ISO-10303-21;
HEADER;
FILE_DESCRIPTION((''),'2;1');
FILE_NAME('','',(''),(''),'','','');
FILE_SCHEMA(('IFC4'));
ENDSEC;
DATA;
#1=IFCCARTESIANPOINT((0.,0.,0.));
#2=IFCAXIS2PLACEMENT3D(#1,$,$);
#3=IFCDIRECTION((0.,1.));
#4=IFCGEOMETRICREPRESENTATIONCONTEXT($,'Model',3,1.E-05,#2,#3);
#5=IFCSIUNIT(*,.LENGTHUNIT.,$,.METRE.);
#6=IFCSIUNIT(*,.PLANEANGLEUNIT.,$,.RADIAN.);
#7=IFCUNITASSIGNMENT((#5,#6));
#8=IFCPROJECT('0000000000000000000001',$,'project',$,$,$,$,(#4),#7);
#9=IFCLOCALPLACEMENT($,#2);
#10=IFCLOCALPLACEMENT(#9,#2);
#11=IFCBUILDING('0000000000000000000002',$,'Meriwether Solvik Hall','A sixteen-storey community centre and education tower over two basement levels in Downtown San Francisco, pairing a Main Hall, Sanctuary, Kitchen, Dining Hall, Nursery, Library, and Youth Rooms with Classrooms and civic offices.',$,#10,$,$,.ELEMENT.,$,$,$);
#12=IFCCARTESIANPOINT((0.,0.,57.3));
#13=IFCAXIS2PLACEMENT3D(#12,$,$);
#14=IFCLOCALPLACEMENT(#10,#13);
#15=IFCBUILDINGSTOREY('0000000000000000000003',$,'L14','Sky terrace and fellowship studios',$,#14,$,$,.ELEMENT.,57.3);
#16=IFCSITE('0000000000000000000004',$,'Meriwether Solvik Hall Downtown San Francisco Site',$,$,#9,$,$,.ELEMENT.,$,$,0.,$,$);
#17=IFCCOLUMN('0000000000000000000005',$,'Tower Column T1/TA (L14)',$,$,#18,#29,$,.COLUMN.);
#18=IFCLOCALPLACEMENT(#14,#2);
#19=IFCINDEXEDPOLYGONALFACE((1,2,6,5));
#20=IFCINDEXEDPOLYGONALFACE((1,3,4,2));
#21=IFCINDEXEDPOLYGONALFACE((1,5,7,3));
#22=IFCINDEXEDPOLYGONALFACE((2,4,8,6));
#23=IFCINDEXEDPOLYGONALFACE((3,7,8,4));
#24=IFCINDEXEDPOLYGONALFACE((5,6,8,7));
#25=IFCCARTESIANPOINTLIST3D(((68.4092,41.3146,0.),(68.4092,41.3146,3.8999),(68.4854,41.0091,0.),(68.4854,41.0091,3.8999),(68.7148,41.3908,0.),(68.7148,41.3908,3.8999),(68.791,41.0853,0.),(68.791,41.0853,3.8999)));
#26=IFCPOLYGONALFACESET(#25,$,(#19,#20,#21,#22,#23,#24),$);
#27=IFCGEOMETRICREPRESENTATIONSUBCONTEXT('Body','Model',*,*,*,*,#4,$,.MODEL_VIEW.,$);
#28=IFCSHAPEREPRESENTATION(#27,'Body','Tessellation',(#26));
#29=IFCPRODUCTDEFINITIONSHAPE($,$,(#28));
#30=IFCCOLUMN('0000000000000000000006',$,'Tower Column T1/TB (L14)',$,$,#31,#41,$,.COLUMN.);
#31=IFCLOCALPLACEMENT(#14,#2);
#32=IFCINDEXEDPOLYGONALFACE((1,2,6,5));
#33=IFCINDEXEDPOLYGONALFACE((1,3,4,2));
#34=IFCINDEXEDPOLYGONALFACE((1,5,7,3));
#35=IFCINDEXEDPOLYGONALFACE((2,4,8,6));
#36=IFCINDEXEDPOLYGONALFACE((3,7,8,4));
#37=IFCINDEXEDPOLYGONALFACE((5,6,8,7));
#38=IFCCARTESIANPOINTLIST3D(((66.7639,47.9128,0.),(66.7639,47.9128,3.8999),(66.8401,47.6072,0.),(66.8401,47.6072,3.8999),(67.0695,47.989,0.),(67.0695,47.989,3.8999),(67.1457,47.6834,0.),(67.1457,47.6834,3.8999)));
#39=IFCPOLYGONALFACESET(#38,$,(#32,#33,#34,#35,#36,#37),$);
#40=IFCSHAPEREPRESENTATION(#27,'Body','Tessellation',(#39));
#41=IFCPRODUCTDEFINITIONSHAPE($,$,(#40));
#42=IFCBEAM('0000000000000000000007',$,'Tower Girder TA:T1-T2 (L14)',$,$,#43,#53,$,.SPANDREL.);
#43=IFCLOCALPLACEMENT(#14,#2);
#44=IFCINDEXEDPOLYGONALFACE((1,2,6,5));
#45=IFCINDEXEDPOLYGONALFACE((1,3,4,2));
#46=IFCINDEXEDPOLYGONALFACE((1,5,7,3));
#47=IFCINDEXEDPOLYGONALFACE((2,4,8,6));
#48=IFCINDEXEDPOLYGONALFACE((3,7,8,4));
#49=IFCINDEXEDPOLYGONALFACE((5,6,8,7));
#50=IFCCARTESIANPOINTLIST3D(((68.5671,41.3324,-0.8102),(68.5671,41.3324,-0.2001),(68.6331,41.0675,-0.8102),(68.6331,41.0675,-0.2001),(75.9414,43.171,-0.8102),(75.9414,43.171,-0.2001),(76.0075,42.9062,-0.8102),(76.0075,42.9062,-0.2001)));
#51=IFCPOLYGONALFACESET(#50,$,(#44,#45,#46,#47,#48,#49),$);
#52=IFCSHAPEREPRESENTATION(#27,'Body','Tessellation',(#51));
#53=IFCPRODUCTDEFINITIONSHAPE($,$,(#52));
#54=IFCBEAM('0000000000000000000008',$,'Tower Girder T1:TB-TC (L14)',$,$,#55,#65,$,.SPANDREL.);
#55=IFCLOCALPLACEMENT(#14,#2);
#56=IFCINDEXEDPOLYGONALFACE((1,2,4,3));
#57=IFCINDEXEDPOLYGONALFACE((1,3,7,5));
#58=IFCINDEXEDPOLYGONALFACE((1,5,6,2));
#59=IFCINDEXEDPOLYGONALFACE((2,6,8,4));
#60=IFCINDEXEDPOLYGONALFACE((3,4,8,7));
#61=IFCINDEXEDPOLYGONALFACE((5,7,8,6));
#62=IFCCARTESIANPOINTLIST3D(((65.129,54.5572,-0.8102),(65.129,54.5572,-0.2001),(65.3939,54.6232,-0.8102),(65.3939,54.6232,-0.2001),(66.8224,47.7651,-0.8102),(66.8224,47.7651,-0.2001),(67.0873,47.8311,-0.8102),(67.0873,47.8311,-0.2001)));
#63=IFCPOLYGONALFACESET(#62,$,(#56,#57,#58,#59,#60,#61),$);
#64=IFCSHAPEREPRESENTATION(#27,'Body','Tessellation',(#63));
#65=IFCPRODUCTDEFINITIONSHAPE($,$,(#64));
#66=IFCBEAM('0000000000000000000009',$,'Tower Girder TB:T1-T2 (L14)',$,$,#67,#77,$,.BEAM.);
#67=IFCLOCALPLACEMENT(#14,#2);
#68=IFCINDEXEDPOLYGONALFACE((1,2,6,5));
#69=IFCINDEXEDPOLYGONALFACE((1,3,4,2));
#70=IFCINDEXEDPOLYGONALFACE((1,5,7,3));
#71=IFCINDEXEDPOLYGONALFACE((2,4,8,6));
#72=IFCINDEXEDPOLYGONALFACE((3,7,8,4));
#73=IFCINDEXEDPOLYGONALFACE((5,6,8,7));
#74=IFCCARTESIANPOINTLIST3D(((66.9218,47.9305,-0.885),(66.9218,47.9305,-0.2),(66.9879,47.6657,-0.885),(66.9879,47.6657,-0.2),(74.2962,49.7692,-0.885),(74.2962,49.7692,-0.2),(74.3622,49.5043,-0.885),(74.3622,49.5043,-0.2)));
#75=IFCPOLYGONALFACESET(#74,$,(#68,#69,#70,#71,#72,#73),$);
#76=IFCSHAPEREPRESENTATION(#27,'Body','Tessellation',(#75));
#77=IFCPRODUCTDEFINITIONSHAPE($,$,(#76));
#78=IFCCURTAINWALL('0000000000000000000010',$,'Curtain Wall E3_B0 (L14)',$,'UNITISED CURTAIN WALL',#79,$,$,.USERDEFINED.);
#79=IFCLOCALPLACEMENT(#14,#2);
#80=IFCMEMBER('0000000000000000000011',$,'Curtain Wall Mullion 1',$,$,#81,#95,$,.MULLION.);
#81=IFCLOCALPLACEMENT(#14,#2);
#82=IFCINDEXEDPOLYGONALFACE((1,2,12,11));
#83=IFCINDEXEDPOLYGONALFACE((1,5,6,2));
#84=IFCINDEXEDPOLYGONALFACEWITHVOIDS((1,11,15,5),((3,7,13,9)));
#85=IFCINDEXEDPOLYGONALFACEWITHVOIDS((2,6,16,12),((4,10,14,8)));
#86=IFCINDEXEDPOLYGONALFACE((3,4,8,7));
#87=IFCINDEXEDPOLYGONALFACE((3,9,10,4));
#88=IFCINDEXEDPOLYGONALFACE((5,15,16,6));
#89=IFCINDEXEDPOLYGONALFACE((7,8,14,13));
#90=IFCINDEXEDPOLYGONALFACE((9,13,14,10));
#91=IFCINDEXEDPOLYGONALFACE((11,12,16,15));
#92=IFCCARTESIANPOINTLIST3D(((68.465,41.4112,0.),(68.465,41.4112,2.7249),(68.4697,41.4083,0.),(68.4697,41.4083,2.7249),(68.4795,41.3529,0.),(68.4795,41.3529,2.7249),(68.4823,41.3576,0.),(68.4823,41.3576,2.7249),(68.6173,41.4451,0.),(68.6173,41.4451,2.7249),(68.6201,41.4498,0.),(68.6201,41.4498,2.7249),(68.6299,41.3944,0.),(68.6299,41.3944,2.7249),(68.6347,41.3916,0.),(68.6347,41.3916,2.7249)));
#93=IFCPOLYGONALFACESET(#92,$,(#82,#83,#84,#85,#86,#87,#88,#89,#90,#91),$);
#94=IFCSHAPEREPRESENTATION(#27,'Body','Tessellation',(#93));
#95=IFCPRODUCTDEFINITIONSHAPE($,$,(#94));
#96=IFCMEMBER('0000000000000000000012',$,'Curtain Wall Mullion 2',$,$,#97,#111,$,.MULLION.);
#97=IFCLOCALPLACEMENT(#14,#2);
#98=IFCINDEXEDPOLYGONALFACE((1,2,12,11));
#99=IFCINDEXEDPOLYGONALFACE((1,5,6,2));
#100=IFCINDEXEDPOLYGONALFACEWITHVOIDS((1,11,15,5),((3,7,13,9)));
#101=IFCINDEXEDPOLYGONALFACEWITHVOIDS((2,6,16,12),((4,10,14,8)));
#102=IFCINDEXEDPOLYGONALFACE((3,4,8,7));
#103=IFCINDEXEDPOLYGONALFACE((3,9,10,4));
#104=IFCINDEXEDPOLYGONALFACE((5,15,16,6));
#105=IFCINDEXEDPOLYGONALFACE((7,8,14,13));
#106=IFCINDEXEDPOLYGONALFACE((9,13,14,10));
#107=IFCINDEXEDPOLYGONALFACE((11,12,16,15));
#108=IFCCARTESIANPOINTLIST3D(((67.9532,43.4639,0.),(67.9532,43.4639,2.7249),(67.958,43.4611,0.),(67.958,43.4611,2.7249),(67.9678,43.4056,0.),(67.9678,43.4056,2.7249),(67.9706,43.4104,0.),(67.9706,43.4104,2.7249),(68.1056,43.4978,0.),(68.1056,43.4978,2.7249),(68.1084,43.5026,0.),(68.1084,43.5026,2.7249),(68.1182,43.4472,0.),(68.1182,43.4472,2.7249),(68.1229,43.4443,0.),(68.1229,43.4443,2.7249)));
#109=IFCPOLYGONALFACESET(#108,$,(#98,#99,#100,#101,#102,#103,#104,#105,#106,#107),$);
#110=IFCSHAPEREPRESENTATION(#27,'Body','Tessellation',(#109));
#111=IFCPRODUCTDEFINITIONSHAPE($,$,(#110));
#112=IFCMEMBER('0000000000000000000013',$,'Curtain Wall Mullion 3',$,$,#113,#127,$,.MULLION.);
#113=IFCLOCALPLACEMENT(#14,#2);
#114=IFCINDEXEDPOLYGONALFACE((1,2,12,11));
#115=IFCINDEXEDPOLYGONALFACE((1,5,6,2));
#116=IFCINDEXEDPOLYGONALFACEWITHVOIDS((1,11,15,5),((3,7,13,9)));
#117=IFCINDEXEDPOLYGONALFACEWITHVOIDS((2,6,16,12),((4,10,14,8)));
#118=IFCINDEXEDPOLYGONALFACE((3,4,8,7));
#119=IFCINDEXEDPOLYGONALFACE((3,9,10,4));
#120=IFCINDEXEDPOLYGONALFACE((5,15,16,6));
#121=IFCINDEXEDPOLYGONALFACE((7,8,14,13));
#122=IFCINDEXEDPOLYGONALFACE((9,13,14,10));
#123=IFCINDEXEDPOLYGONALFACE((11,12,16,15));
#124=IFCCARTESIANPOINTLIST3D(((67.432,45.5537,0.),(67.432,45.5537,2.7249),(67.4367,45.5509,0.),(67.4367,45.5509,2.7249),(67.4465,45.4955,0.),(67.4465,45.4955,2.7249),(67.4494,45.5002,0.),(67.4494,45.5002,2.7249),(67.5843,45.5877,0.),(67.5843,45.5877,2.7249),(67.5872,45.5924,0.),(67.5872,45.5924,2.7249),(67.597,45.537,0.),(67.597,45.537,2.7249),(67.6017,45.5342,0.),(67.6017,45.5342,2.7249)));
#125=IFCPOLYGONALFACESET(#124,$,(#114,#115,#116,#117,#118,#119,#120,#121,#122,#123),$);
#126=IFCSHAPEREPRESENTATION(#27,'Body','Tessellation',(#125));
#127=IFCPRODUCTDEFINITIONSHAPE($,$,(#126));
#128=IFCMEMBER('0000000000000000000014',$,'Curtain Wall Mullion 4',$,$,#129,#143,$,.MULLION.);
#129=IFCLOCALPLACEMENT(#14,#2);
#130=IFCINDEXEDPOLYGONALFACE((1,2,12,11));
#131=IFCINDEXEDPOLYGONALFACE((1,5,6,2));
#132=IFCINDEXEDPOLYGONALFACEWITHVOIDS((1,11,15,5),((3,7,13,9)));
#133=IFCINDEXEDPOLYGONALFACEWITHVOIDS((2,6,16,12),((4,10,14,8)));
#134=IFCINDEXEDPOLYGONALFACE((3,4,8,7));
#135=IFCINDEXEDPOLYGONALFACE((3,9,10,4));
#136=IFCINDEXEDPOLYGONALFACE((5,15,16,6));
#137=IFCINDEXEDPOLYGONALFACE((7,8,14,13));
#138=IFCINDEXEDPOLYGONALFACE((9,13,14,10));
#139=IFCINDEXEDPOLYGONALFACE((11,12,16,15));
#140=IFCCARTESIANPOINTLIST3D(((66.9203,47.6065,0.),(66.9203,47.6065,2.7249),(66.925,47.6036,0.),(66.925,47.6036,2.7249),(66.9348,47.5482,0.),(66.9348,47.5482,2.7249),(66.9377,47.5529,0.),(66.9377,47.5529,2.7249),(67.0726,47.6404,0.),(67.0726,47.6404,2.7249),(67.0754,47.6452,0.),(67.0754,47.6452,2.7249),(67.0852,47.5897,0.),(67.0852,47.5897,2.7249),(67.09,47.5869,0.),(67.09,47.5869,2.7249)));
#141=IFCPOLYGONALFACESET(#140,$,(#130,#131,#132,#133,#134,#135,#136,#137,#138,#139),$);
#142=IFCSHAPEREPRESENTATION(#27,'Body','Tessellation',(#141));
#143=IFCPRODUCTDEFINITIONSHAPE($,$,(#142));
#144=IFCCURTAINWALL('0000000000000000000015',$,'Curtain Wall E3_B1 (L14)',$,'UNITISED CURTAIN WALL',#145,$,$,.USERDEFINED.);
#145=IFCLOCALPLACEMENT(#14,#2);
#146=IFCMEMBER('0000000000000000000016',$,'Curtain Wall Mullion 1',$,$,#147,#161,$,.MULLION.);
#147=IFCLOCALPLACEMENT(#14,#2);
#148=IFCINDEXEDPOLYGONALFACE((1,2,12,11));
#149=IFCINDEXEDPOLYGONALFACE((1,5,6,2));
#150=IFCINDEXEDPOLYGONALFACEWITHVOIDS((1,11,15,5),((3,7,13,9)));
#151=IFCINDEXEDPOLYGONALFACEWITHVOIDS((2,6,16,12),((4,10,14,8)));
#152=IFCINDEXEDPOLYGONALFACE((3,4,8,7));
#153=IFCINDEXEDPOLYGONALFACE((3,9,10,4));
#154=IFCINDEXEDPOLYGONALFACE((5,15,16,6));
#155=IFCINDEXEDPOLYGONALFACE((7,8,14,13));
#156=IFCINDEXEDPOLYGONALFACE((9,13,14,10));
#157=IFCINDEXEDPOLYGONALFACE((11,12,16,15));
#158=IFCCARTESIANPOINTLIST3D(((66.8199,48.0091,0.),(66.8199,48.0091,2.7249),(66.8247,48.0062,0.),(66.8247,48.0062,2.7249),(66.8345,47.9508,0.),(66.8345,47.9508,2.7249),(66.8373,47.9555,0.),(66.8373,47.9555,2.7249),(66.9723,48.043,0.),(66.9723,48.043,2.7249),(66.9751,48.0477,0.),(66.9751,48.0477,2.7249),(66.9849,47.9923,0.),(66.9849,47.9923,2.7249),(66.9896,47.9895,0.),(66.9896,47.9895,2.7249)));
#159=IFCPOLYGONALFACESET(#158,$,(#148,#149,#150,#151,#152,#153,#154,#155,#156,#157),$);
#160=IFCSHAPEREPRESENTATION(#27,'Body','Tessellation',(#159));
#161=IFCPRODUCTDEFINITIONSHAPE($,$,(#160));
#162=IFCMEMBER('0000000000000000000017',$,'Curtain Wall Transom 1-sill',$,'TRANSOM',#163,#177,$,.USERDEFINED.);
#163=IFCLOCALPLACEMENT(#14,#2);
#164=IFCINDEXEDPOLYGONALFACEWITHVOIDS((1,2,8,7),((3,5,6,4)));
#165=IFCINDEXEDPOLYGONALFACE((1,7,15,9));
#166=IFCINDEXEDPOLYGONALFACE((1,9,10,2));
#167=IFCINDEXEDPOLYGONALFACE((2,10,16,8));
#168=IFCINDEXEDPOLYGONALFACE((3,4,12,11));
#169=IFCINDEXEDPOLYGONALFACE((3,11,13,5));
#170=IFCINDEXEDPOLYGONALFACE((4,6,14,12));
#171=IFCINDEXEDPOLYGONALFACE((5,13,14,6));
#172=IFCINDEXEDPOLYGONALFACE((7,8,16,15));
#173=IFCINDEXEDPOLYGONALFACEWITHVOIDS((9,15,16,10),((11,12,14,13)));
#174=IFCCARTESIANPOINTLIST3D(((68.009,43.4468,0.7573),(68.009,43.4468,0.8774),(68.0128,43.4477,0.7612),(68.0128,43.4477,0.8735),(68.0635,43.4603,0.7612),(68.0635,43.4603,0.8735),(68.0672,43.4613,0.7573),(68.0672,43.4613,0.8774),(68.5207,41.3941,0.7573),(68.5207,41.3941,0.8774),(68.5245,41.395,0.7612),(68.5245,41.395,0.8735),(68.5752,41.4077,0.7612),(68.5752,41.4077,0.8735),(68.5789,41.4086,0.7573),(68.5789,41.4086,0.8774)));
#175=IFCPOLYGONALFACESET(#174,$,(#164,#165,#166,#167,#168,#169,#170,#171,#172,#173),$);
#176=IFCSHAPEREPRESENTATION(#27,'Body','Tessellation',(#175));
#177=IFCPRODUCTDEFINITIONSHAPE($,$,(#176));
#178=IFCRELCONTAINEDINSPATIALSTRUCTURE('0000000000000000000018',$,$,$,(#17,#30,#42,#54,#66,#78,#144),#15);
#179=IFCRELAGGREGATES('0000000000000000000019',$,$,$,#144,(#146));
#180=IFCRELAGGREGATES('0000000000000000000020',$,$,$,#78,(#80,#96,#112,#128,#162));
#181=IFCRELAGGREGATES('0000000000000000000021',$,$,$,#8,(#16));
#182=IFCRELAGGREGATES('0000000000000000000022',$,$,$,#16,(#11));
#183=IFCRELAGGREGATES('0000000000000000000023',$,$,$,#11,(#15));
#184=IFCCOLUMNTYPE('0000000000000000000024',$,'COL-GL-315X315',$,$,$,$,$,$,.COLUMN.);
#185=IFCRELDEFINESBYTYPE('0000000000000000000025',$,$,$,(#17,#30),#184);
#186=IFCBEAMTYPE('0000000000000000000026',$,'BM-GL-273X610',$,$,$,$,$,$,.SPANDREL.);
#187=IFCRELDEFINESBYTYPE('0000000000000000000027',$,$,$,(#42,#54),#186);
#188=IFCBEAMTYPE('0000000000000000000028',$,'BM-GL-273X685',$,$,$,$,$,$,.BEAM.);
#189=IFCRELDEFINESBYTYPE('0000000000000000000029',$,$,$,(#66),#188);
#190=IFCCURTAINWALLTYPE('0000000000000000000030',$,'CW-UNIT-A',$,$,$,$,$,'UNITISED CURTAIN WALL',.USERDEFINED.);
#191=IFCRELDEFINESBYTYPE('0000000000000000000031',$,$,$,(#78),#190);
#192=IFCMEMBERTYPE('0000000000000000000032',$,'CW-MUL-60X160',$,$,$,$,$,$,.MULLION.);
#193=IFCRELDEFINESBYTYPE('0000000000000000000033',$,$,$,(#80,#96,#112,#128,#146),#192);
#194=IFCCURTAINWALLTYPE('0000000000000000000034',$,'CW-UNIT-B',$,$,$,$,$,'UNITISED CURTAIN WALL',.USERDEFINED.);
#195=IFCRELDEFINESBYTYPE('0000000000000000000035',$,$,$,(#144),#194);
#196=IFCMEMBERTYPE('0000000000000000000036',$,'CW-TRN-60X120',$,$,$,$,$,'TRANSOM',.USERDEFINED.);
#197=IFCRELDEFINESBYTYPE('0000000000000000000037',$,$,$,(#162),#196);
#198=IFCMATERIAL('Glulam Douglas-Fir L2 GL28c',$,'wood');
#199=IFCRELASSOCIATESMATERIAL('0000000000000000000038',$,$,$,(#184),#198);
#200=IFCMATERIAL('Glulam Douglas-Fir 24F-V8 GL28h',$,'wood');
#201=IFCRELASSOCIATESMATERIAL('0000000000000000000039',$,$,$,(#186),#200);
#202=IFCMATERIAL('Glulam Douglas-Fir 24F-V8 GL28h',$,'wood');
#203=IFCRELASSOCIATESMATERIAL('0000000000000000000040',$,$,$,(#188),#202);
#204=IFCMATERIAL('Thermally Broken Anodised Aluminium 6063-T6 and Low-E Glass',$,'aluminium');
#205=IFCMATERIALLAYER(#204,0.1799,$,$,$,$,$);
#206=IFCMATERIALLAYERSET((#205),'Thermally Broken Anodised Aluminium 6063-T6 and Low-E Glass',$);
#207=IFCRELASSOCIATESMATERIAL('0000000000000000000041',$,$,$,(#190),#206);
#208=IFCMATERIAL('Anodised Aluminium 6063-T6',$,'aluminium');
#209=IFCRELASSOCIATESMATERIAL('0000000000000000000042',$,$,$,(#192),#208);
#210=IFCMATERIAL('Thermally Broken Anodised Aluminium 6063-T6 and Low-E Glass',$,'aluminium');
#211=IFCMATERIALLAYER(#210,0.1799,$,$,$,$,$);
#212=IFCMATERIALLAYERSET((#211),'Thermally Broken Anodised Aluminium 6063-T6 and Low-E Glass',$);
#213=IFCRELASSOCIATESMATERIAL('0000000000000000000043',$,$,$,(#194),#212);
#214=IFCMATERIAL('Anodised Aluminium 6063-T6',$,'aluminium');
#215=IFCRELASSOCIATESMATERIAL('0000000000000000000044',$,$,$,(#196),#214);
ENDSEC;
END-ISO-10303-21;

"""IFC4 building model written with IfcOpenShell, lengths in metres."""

from ifc_helpers import new_model, si_unit, direction, frame, origin, origin_2d, place, context, subcontext, project, spatial, rectangle, hollow_rectangle, extrude, material, layer, layer_set, material_profile, profile_set, type_object, element, aggregate, save


model = new_model("IFC4")

# Units and contexts
model_context = context("Model", 3, precision=1e-05, world=origin(), true_north=direction((0.0, 1.0)))
body_context = subcontext(model_context, "Body", "Model", "MODEL_VIEW")
ifc_project = project(units=[si_unit("LENGTHUNIT", "METRE"), si_unit("PLANEANGLEUNIT", "RADIAN")], contexts=[model_context])

# Site, building, storey
site_placement = place(None, origin())
site = spatial("IfcSite", under=ifc_project, at=site_placement, Name="Meriwether Solvik Hall Downtown San Francisco Site", CompositionType="ELEMENT", RefElevation=0.0)
building_placement = place(site_placement, origin())
building = spatial("IfcBuilding", under=site, at=building_placement, Name="Meriwether Solvik Hall", Description="A sixteen-storey community centre and education tower over two basement levels in Downtown San Francisco, pairing a Main Hall, Sanctuary, Kitchen, Dining Hall, Nursery, Library, and Youth Rooms with Classrooms and civic offices.", CompositionType="ELEMENT")
storey_placement = place(building_placement, frame((0.0, 0.0, 57.3)))
storey = spatial("IfcBuildingStorey", under=building, at=storey_placement, Name="L14", Description="Sky terrace and fellowship studios", CompositionType="ELEMENT", Elevation=57.3)

# Columns
ifc_material_1 = material(Name="Glulam Douglas-Fir L2 GL28c", Category="wood")
ifc_material_profile_1 = material_profile(ifc_material_1, rectangle(XDim=0.3149, YDim=0.3149, at=origin_2d()), Name="GLC-315X315")
ifc_profile_set_1 = profile_set([ifc_material_profile_1], Name="Glulam Douglas-Fir L2 GL28c")
column_type = type_object("IfcColumnType", Name="COL-GL-315X315", PredefinedType="COLUMN", material=ifc_profile_set_1)
for number, where, z_axis, x_axis, name in (
    (1, (68.6001, 41.2, 0.0), (0.0, 0.0, 1.0), (0.970296, 0.241922, 0.0), "Tower Column T1/TA (L14)"),
    (2, (66.9548, 47.7981, 0.0), (0.0, 0.0, 1.0), (0.970296, 0.241922, 0.0), "Tower Column T1/TB (L14)"),
):
    element("IfcColumn", number, at=place(storey_placement, frame(where, z_axis=z_axis, x_axis=x_axis)), inside=storey, type_object=column_type, Name=name, PredefinedType="COLUMN", context=body_context, shape_type="SweptSolid", body=[
        extrude(rectangle(XDim=0.3149, YDim=0.3149, at=origin_2d()), origin(), (0.0, 0.0, 1.0), 3.8999),
    ])

# Beams
ifc_material_2 = material(Name="Glulam Douglas-Fir 24F-V8 GL28h", Category="wood")
ifc_material_profile_2 = material_profile(ifc_material_2, rectangle(XDim=0.2729, YDim=0.6101, at=origin_2d()), Name="GLB-273X610")
ifc_profile_set_2 = profile_set([ifc_material_profile_2], Name="Glulam Douglas-Fir 24F-V8 GL28h")
beam_type_1 = type_object("IfcBeamType", Name="BM-GL-273X610", PredefinedType="SPANDREL", material=ifc_profile_set_2)
beam_1_placement = place(storey_placement, frame((68.6001, 41.2, -0.5051), z_axis=(0.970295, 0.241923, 0.0), x_axis=(-0.241923, 0.970295, 0.0)))
element("IfcBeam", 3, at=beam_1_placement, inside=storey, type_object=beam_type_1, Name="Tower Girder TA:T1-T2 (L14)", PredefinedType="SPANDREL", context=body_context, shape_type="SweptSolid", body=[
    extrude(rectangle(XDim=0.2729, YDim=0.6101, at=origin_2d()), origin(), (0.0, 0.0, 1.0), 7.6001),
])
beam_2_placement = place(storey_placement, frame((66.9548, 47.7981, -0.5051), z_axis=(-0.241912, 0.970298, 0.0), x_axis=(-0.970298, -0.241912, 0.0)))
element("IfcBeam", 4, at=beam_2_placement, inside=storey, type_object=beam_type_1, Name="Tower Girder T1:TB-TC (L14)", PredefinedType="SPANDREL", context=body_context, shape_type="SweptSolid", body=[
    extrude(rectangle(XDim=0.2729, YDim=0.6101, at=origin_2d()), origin(), (0.0, 0.0, 1.0), 7.0),
])
ifc_material_3 = material(Name="Glulam Douglas-Fir 24F-V8 GL28h", Category="wood")
ifc_material_profile_3 = material_profile(ifc_material_3, rectangle(XDim=0.2729, YDim=0.6851, at=origin_2d()), Name="GLB-273X685")
ifc_profile_set_3 = profile_set([ifc_material_profile_3], Name="Glulam Douglas-Fir 24F-V8 GL28h")
beam_type_2 = type_object("IfcBeamType", Name="BM-GL-273X685", PredefinedType="BEAM", material=ifc_profile_set_3)
beam_3_placement = place(storey_placement, frame((66.9548, 47.7981, -0.5425), z_axis=(0.970295, 0.241923, 0.0), x_axis=(-0.241923, 0.970295, 0.0)))
element("IfcBeam", 5, at=beam_3_placement, inside=storey, type_object=beam_type_2, Name="Tower Girder TB:T1-T2 (L14)", PredefinedType="BEAM", context=body_context, shape_type="SweptSolid", body=[
    extrude(rectangle(XDim=0.2729, YDim=0.6851, at=origin_2d()), origin(), (0.0, 0.0, 1.0), 7.6001),
])

# Curtain wall, members
ifc_material_4 = material(Name="Thermally Broken Anodised Aluminium 6063-T6 and Low-E Glass", Category="aluminium")
ifc_layer_1 = layer(ifc_material_4, 0.1799)
ifc_layer_set_1 = layer_set([ifc_layer_1], Name="Thermally Broken Anodised Aluminium 6063-T6 and Low-E Glass")
curtain_wall_type_1 = type_object("IfcCurtainWallType", Name="CW-UNIT-A", ElementType="UNITISED CURTAIN WALL", PredefinedType="USERDEFINED", material=ifc_layer_set_1)
curtain_wall_1_placement = place(storey_placement, origin())
curtain_wall_1 = element("IfcCurtainWall", 6, at=curtain_wall_1_placement, inside=storey, type_object=curtain_wall_type_1, Name="Curtain Wall E3_B0 (L14)", ObjectType="UNITISED CURTAIN WALL", PredefinedType="USERDEFINED")
ifc_material_5 = material(Name="Anodised Aluminium 6063-T6", Category="aluminium")
ifc_material_profile_4 = material_profile(ifc_material_5, hollow_rectangle(XDim=0.0601, YDim=0.1599, WallThickness=0.0039, at=origin_2d()), Name="CWM-60X160")
ifc_profile_set_4 = profile_set([ifc_material_profile_4], Name="Anodised Aluminium 6063-T6")
member_type_1 = type_object("IfcMemberType", Name="CW-MUL-60X160", PredefinedType="MULLION", material=ifc_profile_set_4)
member_1_placement = place(storey_placement, frame((68.5498, 41.4014, 0.0), z_axis=(0.0, 0.0, 1.0), x_axis=(-0.241922, 0.970296, 0.0)))
member_1 = element("IfcMember", 7, at=member_1_placement, type_object=member_type_1, Name="Curtain Wall Mullion 1", PredefinedType="MULLION", context=body_context, shape_type="SweptSolid", body=[
    extrude(hollow_rectangle(XDim=0.0601, YDim=0.1599, WallThickness=0.0039, at=origin_2d()), origin(), (0.0, 0.0, 1.0), 2.7249),
])
member_2_placement = place(storey_placement, frame((68.0381, 43.4541, 0.0), z_axis=(0.0, 0.0, 1.0), x_axis=(-0.241922, 0.970296, 0.0)))
member_2 = element("IfcMember", 8, at=member_2_placement, type_object=member_type_1, Name="Curtain Wall Mullion 2", PredefinedType="MULLION", context=body_context, shape_type="SweptSolid", body=[
    extrude(hollow_rectangle(XDim=0.0601, YDim=0.1599, WallThickness=0.0039, at=origin_2d()), origin(), (0.0, 0.0, 1.0), 2.7249),
])
member_3_placement = place(storey_placement, frame((67.5168, 45.5439, 0.0), z_axis=(0.0, 0.0, 1.0), x_axis=(-0.241922, 0.970296, 0.0)))
member_3 = element("IfcMember", 9, at=member_3_placement, type_object=member_type_1, Name="Curtain Wall Mullion 3", PredefinedType="MULLION", context=body_context, shape_type="SweptSolid", body=[
    extrude(hollow_rectangle(XDim=0.0601, YDim=0.1599, WallThickness=0.0039, at=origin_2d()), origin(), (0.0, 0.0, 1.0), 2.7249),
])
member_4_placement = place(storey_placement, frame((67.0051, 47.5967, 0.0), z_axis=(0.0, 0.0, 1.0), x_axis=(-0.241922, 0.970296, 0.0)))
member_4 = element("IfcMember", 10, at=member_4_placement, type_object=member_type_1, Name="Curtain Wall Mullion 4", PredefinedType="MULLION", context=body_context, shape_type="SweptSolid", body=[
    extrude(hollow_rectangle(XDim=0.0601, YDim=0.1599, WallThickness=0.0039, at=origin_2d()), origin(), (0.0, 0.0, 1.0), 2.7249),
])

# Curtain wall, member
ifc_material_6 = material(Name="Thermally Broken Anodised Aluminium 6063-T6 and Low-E Glass", Category="aluminium")
ifc_layer_2 = layer(ifc_material_6, 0.1799)
ifc_layer_set_2 = layer_set([ifc_layer_2], Name="Thermally Broken Anodised Aluminium 6063-T6 and Low-E Glass")
curtain_wall_type_2 = type_object("IfcCurtainWallType", Name="CW-UNIT-B", ElementType="UNITISED CURTAIN WALL", PredefinedType="USERDEFINED", material=ifc_layer_set_2)
curtain_wall_2_placement = place(storey_placement, origin())
curtain_wall_2 = element("IfcCurtainWall", 11, at=curtain_wall_2_placement, inside=storey, type_object=curtain_wall_type_2, Name="Curtain Wall E3_B1 (L14)", ObjectType="UNITISED CURTAIN WALL", PredefinedType="USERDEFINED")
member_5_placement = place(storey_placement, frame((66.9048, 47.9993, 0.0), z_axis=(0.0, 0.0, 1.0), x_axis=(-0.241922, 0.970296, 0.0)))
member_5 = element("IfcMember", 12, at=member_5_placement, type_object=member_type_1, Name="Curtain Wall Mullion 1", PredefinedType="MULLION", context=body_context, shape_type="SweptSolid", body=[
    extrude(hollow_rectangle(XDim=0.0601, YDim=0.1599, WallThickness=0.0039, at=origin_2d()), origin(), (0.0, 0.0, 1.0), 2.7249),
])

# Member
ifc_material_7 = material(Name="Anodised Aluminium 6063-T6", Category="aluminium")
ifc_material_profile_5 = material_profile(ifc_material_7, hollow_rectangle(XDim=0.0601, YDim=0.1201, WallThickness=0.0039, at=origin_2d()), Name="CWT-60X120")
ifc_profile_set_5 = profile_set([ifc_material_profile_5], Name="Anodised Aluminium 6063-T6")
member_type_2 = type_object("IfcMemberType", Name="CW-TRN-60X120", ElementType="TRANSOM", PredefinedType="USERDEFINED", material=ifc_profile_set_5)
member_6_placement = place(storey_placement, frame((68.5498, 41.4014, 0.8174), z_axis=(-0.241884, 0.970305, 0.0), x_axis=(-0.970305, -0.241884, 0.0)))
member_6 = element("IfcMember", 13, at=member_6_placement, type_object=member_type_2, Name="Curtain Wall Transom 1-sill", ObjectType="TRANSOM", PredefinedType="USERDEFINED", context=body_context, shape_type="SweptSolid", body=[
    extrude(hollow_rectangle(XDim=0.0601, YDim=0.1201, WallThickness=0.0039, at=origin_2d()), origin(), (0.0, 0.0, 1.0), 2.1155),
])

aggregate(curtain_wall_2, [member_5])
aggregate(curtain_wall_1, [member_1, member_2, member_3, member_4, member_6])

save(model, "model.ifc")
